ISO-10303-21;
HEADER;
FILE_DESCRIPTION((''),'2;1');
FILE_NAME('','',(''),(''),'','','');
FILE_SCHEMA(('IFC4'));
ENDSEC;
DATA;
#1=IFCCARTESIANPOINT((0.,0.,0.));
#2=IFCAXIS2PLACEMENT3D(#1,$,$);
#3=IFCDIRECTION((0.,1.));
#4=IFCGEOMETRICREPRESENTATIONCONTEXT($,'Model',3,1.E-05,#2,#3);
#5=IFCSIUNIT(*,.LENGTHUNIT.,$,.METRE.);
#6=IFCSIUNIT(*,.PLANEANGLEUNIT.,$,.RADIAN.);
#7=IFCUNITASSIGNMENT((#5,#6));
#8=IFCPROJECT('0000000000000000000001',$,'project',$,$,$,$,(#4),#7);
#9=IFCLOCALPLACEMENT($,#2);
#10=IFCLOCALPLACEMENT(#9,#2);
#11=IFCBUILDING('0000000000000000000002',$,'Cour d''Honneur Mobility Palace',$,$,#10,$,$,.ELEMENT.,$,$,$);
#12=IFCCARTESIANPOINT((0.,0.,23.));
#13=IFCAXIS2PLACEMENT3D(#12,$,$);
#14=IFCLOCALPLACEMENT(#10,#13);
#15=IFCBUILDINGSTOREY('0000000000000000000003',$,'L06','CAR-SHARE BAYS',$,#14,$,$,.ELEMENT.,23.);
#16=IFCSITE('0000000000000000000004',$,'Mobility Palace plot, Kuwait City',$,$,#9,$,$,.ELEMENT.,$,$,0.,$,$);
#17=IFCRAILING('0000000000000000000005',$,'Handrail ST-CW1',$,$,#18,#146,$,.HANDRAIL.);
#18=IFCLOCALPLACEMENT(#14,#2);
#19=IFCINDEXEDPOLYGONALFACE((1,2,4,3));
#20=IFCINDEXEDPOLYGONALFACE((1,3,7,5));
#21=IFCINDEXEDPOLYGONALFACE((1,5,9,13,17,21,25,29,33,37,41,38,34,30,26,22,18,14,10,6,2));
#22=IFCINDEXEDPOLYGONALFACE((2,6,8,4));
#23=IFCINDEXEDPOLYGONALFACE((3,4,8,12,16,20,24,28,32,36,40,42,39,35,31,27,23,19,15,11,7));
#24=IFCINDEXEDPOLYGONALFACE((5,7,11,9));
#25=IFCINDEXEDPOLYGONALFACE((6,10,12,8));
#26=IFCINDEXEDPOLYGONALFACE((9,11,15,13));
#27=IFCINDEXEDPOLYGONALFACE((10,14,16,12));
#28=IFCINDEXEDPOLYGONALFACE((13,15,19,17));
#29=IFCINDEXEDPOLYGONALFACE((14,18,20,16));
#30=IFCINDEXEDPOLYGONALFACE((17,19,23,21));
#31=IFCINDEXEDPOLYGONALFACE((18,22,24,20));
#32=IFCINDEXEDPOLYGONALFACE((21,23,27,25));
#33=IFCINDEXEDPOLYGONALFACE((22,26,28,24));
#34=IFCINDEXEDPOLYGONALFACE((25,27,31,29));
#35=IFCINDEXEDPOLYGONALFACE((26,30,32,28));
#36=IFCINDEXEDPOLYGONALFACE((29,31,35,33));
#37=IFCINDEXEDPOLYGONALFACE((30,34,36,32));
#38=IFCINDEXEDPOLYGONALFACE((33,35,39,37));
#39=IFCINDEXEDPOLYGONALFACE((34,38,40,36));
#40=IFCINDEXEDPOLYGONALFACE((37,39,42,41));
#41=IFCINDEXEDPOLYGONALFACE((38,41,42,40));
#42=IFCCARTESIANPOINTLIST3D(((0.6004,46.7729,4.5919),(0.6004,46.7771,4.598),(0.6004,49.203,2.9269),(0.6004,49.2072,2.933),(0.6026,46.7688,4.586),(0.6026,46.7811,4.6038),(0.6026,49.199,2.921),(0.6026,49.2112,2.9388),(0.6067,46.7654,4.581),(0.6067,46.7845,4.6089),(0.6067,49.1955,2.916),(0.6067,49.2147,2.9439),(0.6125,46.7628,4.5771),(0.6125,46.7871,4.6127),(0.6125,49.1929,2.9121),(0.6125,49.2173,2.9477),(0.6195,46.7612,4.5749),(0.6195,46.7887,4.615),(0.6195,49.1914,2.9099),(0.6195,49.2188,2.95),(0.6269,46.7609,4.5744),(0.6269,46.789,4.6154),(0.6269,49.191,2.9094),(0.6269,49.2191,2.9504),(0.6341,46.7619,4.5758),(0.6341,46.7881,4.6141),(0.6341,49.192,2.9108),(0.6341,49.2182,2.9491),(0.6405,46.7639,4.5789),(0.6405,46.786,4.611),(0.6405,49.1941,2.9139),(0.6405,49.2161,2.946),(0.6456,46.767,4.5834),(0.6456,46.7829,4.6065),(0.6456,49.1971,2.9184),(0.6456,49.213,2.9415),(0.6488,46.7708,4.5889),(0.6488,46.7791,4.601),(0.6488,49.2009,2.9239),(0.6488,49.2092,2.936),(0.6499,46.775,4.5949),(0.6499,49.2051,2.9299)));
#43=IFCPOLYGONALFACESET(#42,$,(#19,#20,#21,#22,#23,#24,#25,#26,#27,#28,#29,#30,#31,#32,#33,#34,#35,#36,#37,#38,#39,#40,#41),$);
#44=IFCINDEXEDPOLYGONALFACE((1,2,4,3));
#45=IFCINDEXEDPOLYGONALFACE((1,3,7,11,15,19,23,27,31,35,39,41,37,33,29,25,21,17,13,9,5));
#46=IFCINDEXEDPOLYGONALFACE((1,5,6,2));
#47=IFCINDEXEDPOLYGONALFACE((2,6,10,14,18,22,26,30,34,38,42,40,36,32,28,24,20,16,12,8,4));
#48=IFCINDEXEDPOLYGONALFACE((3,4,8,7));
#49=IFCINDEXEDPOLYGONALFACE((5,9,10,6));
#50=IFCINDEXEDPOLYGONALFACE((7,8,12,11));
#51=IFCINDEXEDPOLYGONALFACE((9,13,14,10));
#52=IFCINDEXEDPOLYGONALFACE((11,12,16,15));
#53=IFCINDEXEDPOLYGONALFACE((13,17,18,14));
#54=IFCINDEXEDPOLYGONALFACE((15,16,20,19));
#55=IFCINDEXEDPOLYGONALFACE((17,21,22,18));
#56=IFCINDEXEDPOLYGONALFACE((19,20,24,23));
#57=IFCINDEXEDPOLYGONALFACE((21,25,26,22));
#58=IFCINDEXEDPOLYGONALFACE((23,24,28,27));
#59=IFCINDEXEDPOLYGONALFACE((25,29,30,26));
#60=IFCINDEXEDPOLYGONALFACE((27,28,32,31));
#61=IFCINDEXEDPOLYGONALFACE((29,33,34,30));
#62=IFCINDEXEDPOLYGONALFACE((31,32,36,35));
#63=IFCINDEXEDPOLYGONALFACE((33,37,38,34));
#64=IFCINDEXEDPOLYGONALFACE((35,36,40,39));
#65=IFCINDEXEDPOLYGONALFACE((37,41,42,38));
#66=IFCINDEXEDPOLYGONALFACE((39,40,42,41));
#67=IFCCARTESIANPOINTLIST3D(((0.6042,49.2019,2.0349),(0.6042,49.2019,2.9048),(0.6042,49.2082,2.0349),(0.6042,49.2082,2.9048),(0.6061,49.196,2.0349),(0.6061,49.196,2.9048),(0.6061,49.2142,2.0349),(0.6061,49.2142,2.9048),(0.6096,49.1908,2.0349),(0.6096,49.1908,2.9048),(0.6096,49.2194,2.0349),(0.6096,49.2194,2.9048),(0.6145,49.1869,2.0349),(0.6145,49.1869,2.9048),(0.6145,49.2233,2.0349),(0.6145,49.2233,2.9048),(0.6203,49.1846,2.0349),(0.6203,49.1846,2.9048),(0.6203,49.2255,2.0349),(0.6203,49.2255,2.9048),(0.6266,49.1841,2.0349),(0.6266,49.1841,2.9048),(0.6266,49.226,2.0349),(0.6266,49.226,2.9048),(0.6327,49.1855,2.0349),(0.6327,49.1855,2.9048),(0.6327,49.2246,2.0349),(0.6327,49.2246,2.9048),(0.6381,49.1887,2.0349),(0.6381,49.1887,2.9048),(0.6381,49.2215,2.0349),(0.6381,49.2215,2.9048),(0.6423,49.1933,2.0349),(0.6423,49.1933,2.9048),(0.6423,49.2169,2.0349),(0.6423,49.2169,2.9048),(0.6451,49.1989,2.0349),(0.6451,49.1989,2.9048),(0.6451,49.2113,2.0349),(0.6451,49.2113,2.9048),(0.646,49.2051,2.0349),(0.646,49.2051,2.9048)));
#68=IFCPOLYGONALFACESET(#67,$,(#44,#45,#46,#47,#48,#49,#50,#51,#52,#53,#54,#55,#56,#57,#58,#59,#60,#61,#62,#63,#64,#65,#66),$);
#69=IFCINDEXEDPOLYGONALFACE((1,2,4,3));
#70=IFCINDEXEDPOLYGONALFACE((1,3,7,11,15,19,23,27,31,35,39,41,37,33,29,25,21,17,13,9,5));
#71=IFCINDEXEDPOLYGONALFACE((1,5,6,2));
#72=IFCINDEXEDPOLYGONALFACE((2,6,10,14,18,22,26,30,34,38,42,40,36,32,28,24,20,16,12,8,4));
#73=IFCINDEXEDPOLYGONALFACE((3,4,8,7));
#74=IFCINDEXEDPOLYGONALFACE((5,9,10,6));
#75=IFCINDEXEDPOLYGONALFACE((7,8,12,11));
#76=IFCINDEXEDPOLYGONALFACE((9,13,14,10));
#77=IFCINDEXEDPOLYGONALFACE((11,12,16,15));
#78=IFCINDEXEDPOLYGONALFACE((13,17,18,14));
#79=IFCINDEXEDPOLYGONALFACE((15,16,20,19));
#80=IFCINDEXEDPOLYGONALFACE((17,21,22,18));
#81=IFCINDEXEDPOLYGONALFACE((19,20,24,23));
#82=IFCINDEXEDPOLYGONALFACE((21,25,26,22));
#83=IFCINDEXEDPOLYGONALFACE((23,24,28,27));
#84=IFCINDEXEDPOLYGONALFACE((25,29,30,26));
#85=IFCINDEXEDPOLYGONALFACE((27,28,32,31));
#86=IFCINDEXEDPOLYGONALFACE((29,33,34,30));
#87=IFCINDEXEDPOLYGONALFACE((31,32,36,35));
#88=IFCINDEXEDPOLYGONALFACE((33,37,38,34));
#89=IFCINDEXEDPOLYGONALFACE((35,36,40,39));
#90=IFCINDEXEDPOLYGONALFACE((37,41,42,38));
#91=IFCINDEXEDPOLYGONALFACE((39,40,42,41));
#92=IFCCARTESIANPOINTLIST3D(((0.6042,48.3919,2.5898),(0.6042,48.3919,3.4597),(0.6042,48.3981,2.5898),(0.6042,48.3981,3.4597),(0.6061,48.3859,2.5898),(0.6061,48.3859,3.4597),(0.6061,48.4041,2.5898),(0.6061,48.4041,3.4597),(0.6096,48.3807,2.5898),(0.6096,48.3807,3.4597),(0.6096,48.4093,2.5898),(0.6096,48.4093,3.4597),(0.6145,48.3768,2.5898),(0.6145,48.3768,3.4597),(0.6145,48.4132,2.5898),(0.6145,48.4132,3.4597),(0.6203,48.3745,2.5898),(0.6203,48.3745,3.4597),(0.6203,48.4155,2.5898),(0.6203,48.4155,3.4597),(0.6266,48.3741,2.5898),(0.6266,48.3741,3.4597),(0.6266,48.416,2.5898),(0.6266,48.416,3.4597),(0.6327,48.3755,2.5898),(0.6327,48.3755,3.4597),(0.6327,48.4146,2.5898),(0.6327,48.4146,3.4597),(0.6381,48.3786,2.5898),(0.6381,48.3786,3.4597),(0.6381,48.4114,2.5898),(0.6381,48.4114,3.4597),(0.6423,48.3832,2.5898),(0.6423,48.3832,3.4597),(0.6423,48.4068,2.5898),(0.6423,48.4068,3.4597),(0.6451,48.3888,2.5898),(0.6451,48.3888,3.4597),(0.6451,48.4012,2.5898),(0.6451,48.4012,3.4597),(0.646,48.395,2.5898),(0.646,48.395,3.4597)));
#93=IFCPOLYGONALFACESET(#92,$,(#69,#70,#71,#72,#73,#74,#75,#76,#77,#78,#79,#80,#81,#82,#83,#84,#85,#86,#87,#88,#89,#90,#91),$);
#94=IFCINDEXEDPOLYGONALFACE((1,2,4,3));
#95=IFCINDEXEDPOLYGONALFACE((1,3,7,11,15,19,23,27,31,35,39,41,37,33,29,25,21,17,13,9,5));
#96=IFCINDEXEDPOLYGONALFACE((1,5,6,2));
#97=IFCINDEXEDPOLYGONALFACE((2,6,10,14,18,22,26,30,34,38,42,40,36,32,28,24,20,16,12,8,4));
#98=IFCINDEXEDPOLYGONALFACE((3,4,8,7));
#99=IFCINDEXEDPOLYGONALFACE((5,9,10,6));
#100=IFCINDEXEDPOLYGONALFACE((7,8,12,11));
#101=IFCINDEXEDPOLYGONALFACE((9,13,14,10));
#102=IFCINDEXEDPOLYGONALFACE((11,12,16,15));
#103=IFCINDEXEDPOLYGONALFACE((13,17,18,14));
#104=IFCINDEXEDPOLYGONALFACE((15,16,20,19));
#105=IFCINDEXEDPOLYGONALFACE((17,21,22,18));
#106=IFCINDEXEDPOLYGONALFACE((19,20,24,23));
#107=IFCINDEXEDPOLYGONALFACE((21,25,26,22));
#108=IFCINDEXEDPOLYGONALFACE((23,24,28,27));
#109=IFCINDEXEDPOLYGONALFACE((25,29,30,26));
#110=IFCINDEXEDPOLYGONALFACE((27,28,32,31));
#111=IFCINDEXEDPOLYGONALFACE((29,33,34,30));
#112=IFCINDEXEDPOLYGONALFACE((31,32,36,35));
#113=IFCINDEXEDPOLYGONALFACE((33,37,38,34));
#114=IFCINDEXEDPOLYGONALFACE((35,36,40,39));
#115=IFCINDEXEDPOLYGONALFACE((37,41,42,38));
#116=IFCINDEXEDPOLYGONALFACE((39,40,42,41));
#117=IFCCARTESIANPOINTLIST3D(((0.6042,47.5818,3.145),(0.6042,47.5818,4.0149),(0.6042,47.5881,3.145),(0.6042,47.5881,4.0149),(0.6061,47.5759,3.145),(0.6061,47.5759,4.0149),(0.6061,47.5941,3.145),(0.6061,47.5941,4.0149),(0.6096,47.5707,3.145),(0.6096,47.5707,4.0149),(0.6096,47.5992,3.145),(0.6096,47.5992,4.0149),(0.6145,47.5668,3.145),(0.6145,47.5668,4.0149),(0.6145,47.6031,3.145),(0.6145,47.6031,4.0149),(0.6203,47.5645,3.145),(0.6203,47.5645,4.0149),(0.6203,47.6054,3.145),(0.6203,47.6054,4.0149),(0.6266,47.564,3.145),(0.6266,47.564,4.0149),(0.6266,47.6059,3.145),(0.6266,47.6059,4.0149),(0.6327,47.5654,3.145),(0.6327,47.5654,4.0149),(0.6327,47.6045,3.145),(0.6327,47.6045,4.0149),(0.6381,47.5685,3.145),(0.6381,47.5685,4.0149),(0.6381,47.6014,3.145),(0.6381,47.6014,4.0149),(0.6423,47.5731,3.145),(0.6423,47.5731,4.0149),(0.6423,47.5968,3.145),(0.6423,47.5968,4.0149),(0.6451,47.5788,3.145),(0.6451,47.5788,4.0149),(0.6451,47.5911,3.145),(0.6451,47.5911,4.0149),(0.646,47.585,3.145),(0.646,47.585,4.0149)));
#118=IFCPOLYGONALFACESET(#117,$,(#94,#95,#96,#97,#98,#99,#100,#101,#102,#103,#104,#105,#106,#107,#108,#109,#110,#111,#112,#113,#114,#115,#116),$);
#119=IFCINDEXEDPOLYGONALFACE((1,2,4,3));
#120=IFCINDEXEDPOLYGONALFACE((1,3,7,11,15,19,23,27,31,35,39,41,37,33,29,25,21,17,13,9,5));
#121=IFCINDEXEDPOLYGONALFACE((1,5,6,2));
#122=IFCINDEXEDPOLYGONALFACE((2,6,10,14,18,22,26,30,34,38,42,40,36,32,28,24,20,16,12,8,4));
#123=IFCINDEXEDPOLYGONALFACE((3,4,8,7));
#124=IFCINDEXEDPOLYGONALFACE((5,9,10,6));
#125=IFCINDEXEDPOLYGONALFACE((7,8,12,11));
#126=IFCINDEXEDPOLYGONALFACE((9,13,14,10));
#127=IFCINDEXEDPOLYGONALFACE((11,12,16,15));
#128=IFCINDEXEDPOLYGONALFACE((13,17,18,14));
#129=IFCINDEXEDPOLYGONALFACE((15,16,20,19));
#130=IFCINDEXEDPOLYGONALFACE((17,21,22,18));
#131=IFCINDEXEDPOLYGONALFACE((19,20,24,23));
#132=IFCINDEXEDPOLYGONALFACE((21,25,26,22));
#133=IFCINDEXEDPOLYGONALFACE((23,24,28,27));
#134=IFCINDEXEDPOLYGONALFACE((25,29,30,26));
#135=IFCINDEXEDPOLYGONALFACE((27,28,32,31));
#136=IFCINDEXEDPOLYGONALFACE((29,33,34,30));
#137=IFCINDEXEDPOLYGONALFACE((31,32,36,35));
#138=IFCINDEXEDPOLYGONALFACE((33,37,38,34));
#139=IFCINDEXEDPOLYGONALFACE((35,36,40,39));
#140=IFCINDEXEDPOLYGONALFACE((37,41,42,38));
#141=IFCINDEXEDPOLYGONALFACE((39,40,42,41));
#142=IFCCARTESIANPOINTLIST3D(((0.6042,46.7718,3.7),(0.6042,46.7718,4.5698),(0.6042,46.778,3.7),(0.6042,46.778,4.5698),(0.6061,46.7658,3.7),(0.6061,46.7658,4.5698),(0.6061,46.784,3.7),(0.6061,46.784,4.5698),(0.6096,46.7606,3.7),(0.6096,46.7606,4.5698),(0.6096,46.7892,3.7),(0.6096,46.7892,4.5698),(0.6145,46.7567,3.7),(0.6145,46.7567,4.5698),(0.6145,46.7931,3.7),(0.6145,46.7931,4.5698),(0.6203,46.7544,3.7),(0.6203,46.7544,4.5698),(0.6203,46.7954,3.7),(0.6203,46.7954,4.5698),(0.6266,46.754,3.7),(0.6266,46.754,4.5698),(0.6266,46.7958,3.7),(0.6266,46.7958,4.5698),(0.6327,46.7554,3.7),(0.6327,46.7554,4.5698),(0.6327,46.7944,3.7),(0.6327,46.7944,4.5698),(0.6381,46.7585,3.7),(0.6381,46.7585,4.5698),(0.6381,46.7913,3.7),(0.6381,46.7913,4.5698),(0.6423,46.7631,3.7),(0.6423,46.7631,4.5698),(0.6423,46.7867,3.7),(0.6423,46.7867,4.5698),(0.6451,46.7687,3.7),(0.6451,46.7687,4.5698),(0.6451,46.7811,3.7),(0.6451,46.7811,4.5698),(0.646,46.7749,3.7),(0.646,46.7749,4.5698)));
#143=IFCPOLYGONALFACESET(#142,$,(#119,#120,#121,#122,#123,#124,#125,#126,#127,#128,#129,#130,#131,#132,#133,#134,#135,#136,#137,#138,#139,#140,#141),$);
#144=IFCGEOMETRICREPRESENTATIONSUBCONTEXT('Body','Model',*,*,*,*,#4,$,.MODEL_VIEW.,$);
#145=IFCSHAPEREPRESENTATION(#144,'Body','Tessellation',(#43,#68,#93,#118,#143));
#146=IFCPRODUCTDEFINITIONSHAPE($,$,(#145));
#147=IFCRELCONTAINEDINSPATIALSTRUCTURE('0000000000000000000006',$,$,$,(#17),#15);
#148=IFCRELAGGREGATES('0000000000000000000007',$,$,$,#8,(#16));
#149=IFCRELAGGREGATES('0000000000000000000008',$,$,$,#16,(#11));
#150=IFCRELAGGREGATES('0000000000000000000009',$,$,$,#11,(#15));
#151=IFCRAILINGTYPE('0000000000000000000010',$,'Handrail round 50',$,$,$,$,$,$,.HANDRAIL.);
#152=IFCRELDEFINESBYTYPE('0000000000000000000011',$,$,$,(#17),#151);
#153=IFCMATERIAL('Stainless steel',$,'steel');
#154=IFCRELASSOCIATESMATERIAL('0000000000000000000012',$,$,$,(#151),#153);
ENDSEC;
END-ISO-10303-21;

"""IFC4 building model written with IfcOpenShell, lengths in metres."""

from ifc_helpers import new_model, si_unit, direction, frame, origin, origin_2d, place, context, subcontext, project, spatial, circle, extrude, material, type_object, element, save


model = new_model("IFC4")

# Units and contexts
model_context = context("Model", 3, precision=1e-05, world=origin(), true_north=direction((0.0, 1.0)))
body_context = subcontext(model_context, "Body", "Model", "MODEL_VIEW")
ifc_project = project(units=[si_unit("LENGTHUNIT", "METRE"), si_unit("PLANEANGLEUNIT", "RADIAN")], contexts=[model_context])

# Site, building, storey
site_placement = place(None, origin())
site = spatial("IfcSite", under=ifc_project, at=site_placement, Name="Mobility Palace plot, Kuwait City", CompositionType="ELEMENT", RefElevation=0.0)
building_placement = place(site_placement, origin())
building = spatial("IfcBuilding", under=site, at=building_placement, Name="Cour d'Honneur Mobility Palace", CompositionType="ELEMENT")
storey_placement = place(building_placement, frame((0.0, 0.0, 23.0)))
storey = spatial("IfcBuildingStorey", under=building, at=storey_placement, Name="L06", Description="CAR-SHARE BAYS", CompositionType="ELEMENT", Elevation=23.0)

# Railing
ifc_material_1 = material(Name="Stainless steel", Category="steel")
railing_type = type_object("IfcRailingType", Name="Handrail round 50", PredefinedType="HANDRAIL", material=ifc_material_1)
railing_placement = place(storey_placement, frame((0.625, 49.2051, 2.0349)))
element("IfcRailing", 1, at=railing_placement, inside=storey, type_object=railing_type, Name="Handrail ST-CW1", PredefinedType="HANDRAIL", context=body_context, shape_type="SweptSolid", body=[
    extrude(circle(Radius=0.0249, at=origin_2d()), frame((0.0, 0.0, 0.895), z_axis=(0.0, -0.824945, 0.565213), x_axis=(1.0, 0.0, 0.0)), (0.0, 0.0, 1.0), 2.9458),
    extrude(circle(Radius=0.021, at=origin_2d()), origin(), (0.0, 0.0, 1.0), 0.8699),
    extrude(circle(Radius=0.021, at=origin_2d()), frame((0.0, -0.8101, 0.5549)), (0.0, 0.0, 1.0), 0.8699),
    extrude(circle(Radius=0.021, at=origin_2d()), frame((0.0, -1.6201, 1.1101)), (0.0, 0.0, 1.0), 0.8699),
    extrude(circle(Radius=0.021, at=origin_2d()), frame((0.0, -2.4302, 1.665)), (0.0, 0.0, 1.0), 0.8699),
])

save(model, "model.ifc")
